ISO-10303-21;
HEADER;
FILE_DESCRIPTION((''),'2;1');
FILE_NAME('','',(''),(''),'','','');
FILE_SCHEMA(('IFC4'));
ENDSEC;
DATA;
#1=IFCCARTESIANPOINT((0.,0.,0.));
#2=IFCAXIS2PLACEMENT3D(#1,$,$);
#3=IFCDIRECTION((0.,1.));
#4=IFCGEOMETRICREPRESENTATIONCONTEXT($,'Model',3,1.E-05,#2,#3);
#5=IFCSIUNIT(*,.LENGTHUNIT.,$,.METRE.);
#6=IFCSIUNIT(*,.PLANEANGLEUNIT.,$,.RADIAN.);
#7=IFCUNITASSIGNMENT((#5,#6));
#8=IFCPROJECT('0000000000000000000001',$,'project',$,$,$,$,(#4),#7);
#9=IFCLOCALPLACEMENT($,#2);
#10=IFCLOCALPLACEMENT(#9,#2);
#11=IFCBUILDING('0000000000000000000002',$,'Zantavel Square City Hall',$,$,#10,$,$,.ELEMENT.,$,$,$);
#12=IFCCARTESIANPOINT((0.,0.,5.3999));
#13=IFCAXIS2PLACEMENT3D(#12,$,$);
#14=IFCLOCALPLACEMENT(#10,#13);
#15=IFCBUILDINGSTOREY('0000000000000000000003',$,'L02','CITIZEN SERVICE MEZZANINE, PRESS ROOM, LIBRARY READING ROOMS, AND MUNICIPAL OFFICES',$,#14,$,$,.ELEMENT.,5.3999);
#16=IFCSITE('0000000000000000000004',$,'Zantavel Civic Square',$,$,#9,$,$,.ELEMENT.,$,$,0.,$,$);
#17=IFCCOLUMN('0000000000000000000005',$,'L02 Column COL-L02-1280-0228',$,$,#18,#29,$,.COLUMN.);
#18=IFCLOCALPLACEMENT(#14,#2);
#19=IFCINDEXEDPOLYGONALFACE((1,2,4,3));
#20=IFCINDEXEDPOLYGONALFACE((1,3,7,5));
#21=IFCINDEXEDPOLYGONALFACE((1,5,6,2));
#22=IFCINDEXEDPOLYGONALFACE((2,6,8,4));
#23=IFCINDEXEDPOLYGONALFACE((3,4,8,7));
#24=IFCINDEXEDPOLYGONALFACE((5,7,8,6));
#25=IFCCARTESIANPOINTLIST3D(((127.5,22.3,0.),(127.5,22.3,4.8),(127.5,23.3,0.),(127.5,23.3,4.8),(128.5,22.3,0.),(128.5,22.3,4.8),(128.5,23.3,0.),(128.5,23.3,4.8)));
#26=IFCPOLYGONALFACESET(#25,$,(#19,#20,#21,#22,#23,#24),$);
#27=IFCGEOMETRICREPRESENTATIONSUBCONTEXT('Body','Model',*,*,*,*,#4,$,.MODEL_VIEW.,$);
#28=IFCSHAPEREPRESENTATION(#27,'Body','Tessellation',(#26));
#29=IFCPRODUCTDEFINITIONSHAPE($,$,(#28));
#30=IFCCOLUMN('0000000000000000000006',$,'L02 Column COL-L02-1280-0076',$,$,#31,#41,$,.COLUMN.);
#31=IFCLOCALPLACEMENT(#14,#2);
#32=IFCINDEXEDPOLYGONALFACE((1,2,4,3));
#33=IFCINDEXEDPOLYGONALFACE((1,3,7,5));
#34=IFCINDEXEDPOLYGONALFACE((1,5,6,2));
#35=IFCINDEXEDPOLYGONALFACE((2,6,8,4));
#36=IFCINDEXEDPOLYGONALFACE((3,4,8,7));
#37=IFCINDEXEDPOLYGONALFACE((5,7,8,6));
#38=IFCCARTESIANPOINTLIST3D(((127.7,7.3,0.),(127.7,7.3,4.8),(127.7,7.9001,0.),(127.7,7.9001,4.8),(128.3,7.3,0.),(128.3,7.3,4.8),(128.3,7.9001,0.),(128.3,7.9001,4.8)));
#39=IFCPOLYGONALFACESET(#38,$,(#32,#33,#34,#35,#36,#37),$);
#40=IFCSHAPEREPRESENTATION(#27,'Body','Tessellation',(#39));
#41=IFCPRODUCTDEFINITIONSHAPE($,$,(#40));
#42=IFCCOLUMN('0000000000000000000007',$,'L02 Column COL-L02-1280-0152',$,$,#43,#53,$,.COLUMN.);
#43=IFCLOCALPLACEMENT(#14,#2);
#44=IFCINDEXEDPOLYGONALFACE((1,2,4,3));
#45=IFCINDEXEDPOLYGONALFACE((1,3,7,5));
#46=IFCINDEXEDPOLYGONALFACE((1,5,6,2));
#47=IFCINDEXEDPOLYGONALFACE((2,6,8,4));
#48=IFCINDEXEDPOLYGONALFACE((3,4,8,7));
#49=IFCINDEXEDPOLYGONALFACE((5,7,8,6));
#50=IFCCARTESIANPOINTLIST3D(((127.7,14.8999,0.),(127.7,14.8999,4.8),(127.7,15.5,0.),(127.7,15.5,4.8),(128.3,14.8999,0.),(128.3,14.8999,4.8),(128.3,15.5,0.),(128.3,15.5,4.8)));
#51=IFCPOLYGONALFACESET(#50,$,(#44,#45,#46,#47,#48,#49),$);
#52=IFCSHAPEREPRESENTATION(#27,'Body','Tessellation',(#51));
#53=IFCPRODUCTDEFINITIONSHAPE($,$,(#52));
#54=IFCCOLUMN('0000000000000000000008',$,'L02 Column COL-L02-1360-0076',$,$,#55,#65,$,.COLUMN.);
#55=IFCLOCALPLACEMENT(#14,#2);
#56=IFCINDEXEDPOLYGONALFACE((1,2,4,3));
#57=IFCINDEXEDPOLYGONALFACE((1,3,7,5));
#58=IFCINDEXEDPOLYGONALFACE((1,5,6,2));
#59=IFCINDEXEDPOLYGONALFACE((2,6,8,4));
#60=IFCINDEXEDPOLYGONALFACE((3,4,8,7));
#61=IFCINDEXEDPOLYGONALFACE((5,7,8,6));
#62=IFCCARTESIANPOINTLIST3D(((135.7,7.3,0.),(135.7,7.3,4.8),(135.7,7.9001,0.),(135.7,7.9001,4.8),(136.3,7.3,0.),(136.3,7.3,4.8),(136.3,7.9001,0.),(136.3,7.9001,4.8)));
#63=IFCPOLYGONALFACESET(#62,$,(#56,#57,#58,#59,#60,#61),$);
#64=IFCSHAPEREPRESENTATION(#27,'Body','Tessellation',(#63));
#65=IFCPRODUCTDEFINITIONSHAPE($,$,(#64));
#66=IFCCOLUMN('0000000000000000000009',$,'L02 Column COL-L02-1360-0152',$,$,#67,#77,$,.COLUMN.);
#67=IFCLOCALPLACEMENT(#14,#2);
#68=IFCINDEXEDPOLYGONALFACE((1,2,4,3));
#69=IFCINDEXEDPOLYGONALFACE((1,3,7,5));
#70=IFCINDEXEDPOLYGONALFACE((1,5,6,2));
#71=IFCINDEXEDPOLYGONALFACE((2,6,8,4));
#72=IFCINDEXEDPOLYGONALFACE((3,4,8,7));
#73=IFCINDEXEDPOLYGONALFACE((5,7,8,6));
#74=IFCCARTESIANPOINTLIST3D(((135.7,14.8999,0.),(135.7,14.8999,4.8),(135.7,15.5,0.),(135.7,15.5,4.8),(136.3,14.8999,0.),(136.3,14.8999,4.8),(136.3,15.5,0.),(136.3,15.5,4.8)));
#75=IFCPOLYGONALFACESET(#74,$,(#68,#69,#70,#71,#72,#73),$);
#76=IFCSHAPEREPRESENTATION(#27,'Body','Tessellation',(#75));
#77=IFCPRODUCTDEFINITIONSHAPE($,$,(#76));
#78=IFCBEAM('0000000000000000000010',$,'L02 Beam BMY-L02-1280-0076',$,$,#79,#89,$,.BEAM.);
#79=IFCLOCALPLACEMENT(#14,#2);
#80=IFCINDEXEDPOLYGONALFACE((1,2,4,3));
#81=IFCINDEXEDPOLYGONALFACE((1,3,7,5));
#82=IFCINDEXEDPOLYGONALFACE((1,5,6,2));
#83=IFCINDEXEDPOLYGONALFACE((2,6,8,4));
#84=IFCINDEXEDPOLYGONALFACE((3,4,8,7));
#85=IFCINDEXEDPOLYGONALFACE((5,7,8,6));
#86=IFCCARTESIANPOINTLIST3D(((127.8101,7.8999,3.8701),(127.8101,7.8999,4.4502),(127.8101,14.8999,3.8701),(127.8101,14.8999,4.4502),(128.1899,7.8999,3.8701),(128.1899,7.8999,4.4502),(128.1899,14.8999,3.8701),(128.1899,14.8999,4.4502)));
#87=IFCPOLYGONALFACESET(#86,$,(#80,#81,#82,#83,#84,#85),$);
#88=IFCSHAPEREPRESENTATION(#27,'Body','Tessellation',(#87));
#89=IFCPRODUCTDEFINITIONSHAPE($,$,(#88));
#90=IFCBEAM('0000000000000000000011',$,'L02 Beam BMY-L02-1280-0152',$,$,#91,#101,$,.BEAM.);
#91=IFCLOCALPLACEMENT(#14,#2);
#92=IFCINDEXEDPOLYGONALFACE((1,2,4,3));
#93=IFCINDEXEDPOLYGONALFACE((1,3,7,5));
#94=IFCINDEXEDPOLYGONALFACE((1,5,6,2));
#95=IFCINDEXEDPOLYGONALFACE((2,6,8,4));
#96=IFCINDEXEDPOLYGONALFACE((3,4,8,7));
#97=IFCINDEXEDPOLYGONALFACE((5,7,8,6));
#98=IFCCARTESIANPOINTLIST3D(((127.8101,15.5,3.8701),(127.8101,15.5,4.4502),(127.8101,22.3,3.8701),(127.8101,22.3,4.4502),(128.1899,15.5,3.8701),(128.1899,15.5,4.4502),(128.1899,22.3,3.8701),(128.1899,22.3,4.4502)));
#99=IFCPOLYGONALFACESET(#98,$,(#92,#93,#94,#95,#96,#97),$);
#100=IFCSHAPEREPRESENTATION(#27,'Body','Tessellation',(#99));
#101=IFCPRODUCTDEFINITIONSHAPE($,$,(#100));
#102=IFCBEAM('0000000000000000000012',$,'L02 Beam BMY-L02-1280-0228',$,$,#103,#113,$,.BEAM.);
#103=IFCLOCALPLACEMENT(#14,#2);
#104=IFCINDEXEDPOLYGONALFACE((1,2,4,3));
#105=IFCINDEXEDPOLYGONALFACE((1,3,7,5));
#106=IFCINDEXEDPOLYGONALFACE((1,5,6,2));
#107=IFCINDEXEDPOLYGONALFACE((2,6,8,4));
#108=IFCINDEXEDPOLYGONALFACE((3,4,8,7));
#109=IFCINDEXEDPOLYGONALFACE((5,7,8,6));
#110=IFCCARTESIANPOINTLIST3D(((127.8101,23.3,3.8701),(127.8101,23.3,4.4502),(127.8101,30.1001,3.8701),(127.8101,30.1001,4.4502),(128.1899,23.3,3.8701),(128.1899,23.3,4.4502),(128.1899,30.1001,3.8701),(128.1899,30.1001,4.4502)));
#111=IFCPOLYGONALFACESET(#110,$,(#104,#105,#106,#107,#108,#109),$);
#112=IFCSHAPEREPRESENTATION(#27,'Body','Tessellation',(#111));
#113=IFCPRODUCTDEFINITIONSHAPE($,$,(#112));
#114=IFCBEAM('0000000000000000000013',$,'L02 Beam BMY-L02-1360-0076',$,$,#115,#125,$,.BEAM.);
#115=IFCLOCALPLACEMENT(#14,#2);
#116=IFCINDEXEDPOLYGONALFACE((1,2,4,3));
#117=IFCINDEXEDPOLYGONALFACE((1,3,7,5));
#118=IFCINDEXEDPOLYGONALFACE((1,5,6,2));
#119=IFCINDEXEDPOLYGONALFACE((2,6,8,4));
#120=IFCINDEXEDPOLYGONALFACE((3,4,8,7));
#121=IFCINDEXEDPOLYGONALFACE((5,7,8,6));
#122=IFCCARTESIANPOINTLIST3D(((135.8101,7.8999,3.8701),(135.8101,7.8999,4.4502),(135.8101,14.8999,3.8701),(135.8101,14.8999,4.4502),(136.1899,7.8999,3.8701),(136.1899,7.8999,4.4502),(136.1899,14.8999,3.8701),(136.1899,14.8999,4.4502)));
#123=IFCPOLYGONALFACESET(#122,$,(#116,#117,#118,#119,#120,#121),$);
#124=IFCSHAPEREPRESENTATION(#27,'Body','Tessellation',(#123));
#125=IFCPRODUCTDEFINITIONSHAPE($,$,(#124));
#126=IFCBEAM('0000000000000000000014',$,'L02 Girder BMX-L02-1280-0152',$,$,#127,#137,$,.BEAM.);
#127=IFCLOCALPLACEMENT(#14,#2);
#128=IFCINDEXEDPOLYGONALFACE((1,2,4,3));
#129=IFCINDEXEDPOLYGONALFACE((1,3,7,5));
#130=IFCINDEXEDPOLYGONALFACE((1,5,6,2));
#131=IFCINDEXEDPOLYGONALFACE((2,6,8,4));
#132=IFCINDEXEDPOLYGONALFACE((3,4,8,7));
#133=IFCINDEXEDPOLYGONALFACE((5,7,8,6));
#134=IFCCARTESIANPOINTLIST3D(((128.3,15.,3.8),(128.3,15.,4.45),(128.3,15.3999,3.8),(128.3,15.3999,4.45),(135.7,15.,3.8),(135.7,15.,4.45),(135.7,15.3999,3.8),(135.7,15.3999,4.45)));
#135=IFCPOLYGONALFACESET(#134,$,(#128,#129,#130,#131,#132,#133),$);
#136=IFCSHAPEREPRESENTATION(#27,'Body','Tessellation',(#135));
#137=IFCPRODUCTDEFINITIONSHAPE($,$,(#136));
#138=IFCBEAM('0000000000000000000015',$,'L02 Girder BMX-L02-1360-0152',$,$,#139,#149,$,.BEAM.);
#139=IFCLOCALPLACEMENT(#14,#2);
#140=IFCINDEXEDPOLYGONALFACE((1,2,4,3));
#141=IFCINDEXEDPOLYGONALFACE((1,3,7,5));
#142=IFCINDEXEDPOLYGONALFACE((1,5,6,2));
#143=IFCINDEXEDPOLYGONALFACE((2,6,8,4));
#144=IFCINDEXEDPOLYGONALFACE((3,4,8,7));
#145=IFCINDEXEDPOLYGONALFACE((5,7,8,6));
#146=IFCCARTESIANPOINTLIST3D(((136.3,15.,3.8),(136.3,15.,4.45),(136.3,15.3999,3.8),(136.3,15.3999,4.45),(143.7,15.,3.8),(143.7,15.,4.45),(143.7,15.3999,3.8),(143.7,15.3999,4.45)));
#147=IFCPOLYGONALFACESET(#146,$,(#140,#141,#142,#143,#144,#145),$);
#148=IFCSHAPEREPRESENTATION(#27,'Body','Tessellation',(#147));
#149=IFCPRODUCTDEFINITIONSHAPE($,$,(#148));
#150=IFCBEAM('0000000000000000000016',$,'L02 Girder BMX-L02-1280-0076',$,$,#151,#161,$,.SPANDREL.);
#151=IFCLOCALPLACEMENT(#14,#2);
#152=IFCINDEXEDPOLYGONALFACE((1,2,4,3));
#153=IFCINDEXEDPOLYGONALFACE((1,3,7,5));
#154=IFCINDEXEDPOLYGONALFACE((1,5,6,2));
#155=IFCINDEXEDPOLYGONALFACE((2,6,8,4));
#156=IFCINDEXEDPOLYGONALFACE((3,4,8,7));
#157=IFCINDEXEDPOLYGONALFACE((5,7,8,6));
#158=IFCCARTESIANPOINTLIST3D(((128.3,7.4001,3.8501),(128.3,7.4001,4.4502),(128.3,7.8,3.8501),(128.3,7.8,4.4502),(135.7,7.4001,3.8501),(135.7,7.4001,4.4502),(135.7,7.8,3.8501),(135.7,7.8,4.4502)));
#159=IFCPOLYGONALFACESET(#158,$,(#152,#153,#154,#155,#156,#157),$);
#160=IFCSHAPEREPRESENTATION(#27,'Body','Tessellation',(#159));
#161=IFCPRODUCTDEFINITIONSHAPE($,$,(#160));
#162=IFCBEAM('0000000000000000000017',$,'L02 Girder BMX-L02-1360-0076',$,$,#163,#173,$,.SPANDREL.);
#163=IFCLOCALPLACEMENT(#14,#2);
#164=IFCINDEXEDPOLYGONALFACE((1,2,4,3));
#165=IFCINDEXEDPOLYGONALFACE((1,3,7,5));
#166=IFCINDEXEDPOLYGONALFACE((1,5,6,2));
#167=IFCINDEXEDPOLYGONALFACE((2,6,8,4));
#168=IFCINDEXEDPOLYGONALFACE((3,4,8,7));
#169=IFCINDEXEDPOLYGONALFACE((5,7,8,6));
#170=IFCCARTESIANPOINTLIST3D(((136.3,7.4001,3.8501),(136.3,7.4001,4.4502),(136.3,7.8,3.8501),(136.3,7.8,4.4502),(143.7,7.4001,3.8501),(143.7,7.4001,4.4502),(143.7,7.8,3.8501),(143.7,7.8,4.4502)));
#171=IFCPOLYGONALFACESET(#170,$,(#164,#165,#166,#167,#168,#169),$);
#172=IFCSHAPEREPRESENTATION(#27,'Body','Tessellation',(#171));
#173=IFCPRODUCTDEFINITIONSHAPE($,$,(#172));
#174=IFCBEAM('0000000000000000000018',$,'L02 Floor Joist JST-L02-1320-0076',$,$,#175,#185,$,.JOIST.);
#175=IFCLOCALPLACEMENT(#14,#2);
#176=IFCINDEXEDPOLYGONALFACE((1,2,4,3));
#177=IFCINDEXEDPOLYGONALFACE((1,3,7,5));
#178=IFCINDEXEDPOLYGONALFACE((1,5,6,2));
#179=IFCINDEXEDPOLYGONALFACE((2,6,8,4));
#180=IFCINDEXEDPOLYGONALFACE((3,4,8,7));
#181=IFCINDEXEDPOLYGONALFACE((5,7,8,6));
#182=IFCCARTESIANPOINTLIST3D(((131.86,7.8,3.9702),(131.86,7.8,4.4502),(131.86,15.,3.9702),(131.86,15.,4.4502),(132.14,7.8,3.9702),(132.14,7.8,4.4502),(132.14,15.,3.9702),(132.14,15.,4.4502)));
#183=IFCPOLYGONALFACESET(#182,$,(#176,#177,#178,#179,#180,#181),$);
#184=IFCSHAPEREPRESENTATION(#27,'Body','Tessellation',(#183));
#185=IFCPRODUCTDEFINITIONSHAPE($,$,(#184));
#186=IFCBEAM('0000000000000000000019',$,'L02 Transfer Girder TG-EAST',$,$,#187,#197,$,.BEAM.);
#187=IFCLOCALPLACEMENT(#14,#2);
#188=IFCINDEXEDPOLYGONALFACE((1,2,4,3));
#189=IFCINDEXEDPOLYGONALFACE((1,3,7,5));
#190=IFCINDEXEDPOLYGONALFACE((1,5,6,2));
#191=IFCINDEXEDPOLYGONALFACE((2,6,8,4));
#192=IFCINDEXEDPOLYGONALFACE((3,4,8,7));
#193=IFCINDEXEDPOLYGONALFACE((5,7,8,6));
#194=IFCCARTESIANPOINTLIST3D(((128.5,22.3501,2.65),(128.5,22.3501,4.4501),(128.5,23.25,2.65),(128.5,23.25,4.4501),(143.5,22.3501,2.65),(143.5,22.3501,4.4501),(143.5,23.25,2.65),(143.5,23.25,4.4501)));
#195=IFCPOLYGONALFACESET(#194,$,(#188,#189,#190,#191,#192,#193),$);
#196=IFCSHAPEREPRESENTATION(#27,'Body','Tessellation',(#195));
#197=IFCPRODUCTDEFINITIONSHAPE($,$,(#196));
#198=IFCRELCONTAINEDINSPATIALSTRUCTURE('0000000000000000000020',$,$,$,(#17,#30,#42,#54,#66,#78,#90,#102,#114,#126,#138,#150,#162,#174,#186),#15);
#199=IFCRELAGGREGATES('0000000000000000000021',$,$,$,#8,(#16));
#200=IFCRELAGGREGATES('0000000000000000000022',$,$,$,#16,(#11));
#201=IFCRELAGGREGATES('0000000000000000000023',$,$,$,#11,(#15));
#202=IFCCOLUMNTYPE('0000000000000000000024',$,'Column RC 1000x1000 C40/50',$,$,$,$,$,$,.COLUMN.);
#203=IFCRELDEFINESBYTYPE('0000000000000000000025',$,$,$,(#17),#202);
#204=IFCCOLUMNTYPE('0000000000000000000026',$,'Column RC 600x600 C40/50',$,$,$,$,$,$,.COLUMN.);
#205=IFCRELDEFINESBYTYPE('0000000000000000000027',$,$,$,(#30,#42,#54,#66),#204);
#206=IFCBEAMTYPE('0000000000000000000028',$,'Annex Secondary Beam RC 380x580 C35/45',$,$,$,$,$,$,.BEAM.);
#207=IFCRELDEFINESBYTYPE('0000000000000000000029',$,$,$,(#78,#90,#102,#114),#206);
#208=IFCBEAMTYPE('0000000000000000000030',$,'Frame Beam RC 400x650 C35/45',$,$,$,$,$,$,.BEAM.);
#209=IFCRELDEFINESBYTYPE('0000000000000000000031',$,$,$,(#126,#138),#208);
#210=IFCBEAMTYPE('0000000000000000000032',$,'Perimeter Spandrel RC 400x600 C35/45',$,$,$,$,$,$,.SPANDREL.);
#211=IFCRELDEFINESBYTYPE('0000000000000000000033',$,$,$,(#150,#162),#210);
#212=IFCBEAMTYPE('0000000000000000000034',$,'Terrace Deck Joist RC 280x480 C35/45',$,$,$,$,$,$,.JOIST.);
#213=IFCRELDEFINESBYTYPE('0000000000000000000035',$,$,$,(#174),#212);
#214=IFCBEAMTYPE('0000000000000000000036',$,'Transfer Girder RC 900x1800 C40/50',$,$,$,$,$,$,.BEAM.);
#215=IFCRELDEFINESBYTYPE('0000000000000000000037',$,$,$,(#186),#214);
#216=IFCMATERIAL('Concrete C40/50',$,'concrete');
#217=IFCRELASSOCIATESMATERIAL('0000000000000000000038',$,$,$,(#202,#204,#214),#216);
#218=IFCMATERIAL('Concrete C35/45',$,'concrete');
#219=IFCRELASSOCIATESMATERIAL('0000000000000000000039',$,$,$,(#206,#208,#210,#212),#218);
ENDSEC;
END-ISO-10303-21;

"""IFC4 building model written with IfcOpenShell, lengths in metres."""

from ifc_helpers import new_model, si_unit, direction, frame, origin, origin_2d, place, context, subcontext, project, spatial, rectangle, extrude, material, material_profile, profile_set, type_object, element, save


model = new_model("IFC4")

# Units and contexts
model_context = context("Model", 3, precision=1e-05, world=origin(), true_north=direction((0.0, 1.0)))
body_context = subcontext(model_context, "Body", "Model", "MODEL_VIEW")
ifc_project = project(units=[si_unit("LENGTHUNIT", "METRE"), si_unit("PLANEANGLEUNIT", "RADIAN")], contexts=[model_context])

# Site, building, storey
site_placement = place(None, origin())
site = spatial("IfcSite", under=ifc_project, at=site_placement, Name="Zantavel Civic Square", CompositionType="ELEMENT", RefElevation=0.0)
building_placement = place(site_placement, origin())
building = spatial("IfcBuilding", under=site, at=building_placement, Name="Zantavel Square City Hall", CompositionType="ELEMENT")
storey_placement = place(building_placement, frame((0.0, 0.0, 5.3999)))
storey = spatial("IfcBuildingStorey", under=building, at=storey_placement, Name="L02", Description="CITIZEN SERVICE MEZZANINE, PRESS ROOM, LIBRARY READING ROOMS, AND MUNICIPAL OFFICES", CompositionType="ELEMENT", Elevation=5.3999)

# Columns
ifc_material_1 = material(Name="Concrete C40/50", Category="concrete")
ifc_material_profile_1 = material_profile(ifc_material_1, rectangle(XDim=1.0, YDim=1.0, at=origin_2d()), Name="RC 1000x1000")
ifc_profile_set_1 = profile_set([ifc_material_profile_1], Name="Concrete C40/50")
column_type_1 = type_object("IfcColumnType", Name="Column RC 1000x1000 C40/50", PredefinedType="COLUMN", material=ifc_profile_set_1)
column_placement = place(storey_placement, frame((128.0, 22.8, 0.0), z_axis=(0.0, 0.0, 1.0), x_axis=(1.0, 0.0, 0.0)))
element("IfcColumn", 1, at=column_placement, inside=storey, type_object=column_type_1, Name="L02 Column COL-L02-1280-0228", PredefinedType="COLUMN", context=body_context, shape_type="SweptSolid", body=[
    extrude(rectangle(XDim=1.0, YDim=1.0, at=origin_2d()), origin(), (0.0, 0.0, 1.0), 4.8),
])
ifc_material_profile_2 = material_profile(ifc_material_1, rectangle(XDim=0.6001, YDim=0.6001, at=origin_2d()), Name="RC 600x600")
ifc_profile_set_2 = profile_set([ifc_material_profile_2], Name="Concrete C40/50")
column_type_2 = type_object("IfcColumnType", Name="Column RC 600x600 C40/50", PredefinedType="COLUMN", material=ifc_profile_set_2)
for number, where, z_axis, x_axis, name in (
    (2, (128.0, 7.6001, 0.0), (0.0, 0.0, 1.0), (1.0, 0.0, 0.0), "L02 Column COL-L02-1280-0076"),
    (3, (128.0, 15.2, 0.0), (0.0, 0.0, 1.0), (1.0, 0.0, 0.0), "L02 Column COL-L02-1280-0152"),
    (4, (136.0, 7.6001, 0.0), (0.0, 0.0, 1.0), (1.0, 0.0, 0.0), "L02 Column COL-L02-1360-0076"),
    (5, (136.0, 15.2, 0.0), (0.0, 0.0, 1.0), (1.0, 0.0, 0.0), "L02 Column COL-L02-1360-0152"),
):
    element("IfcColumn", number, at=place(storey_placement, frame(where, z_axis=z_axis, x_axis=x_axis)), inside=storey, type_object=column_type_2, Name=name, PredefinedType="COLUMN", context=body_context, shape_type="SweptSolid", body=[
        extrude(rectangle(XDim=0.6001, YDim=0.6001, at=origin_2d()), origin(), (0.0, 0.0, 1.0), 4.8),
    ])

# Beams
ifc_material_2 = material(Name="Concrete C35/45", Category="concrete")
ifc_material_profile_3 = material_profile(ifc_material_2, rectangle(XDim=0.3799, YDim=0.5801, at=origin_2d()), Name="RC 380x580")
ifc_profile_set_3 = profile_set([ifc_material_profile_3], Name="Concrete C35/45")
beam_type_1 = type_object("IfcBeamType", Name="Annex Secondary Beam RC 380x580 C35/45", PredefinedType="BEAM", material=ifc_profile_set_3)
beam_1_placement = place(storey_placement, frame((128.0, 7.8999, 4.1602), z_axis=(0.0, 1.0, 0.0), x_axis=(-1.0, 0.0, 0.0)))
element("IfcBeam", 6, at=beam_1_placement, inside=storey, type_object=beam_type_1, Name="L02 Beam BMY-L02-1280-0076", PredefinedType="BEAM", context=body_context, shape_type="SweptSolid", body=[
    extrude(rectangle(XDim=0.3799, YDim=0.5801, at=origin_2d()), origin(), (0.0, 0.0, 1.0), 7.0),
])
for number, where, z_axis, x_axis, name in (
    (7, (128.0, 15.5, 4.1602), (0.0, 1.0, 0.0), (-1.0, 0.0, 0.0), "L02 Beam BMY-L02-1280-0152"),
    (8, (128.0, 23.3, 4.1602), (0.0, 1.0, 0.0), (-1.0, 0.0, 0.0), "L02 Beam BMY-L02-1280-0228"),
):
    element("IfcBeam", number, at=place(storey_placement, frame(where, z_axis=z_axis, x_axis=x_axis)), inside=storey, type_object=beam_type_1, Name=name, PredefinedType="BEAM", context=body_context, shape_type="SweptSolid", body=[
        extrude(rectangle(XDim=0.3799, YDim=0.5801, at=origin_2d()), origin(), (0.0, 0.0, 1.0), 6.8),
    ])
beam_2_placement = place(storey_placement, frame((136.0, 7.8999, 4.1602), z_axis=(0.0, 1.0, 0.0), x_axis=(-1.0, 0.0, 0.0)))
element("IfcBeam", 9, at=beam_2_placement, inside=storey, type_object=beam_type_1, Name="L02 Beam BMY-L02-1360-0076", PredefinedType="BEAM", context=body_context, shape_type="SweptSolid", body=[
    extrude(rectangle(XDim=0.3799, YDim=0.5801, at=origin_2d()), origin(), (0.0, 0.0, 1.0), 7.0),
])
ifc_material_profile_4 = material_profile(ifc_material_2, rectangle(XDim=0.3999, YDim=0.6499, at=origin_2d()), Name="RC 400x650")
ifc_profile_set_4 = profile_set([ifc_material_profile_4], Name="Concrete C35/45")
beam_type_2 = type_object("IfcBeamType", Name="Frame Beam RC 400x650 C35/45", PredefinedType="BEAM", material=ifc_profile_set_4)
for number, where, z_axis, x_axis, name in (
    (10, (128.3, 15.2, 4.125), (1.0, 0.0, 0.0), (0.0, 1.0, 0.0), "L02 Girder BMX-L02-1280-0152"),
    (11, (136.3, 15.2, 4.125), (1.0, 0.0, 0.0), (0.0, 1.0, 0.0), "L02 Girder BMX-L02-1360-0152"),
):
    element("IfcBeam", number, at=place(storey_placement, frame(where, z_axis=z_axis, x_axis=x_axis)), inside=storey, type_object=beam_type_2, Name=name, PredefinedType="BEAM", context=body_context, shape_type="SweptSolid", body=[
        extrude(rectangle(XDim=0.3999, YDim=0.6499, at=origin_2d()), origin(), (0.0, 0.0, 1.0), 7.3999),
    ])
ifc_material_profile_5 = material_profile(ifc_material_2, rectangle(XDim=0.3999, YDim=0.6001, at=origin_2d()), Name="RC 400x600")
ifc_profile_set_5 = profile_set([ifc_material_profile_5], Name="Concrete C35/45")
beam_type_3 = type_object("IfcBeamType", Name="Perimeter Spandrel RC 400x600 C35/45", PredefinedType="SPANDREL", material=ifc_profile_set_5)
for number, where, z_axis, x_axis, name in (
    (12, (128.3, 7.6001, 4.1501), (1.0, 0.0, 0.0), (0.0, 1.0, 0.0), "L02 Girder BMX-L02-1280-0076"),
    (13, (136.3, 7.6001, 4.1501), (1.0, 0.0, 0.0), (0.0, 1.0, 0.0), "L02 Girder BMX-L02-1360-0076"),
):
    element("IfcBeam", number, at=place(storey_placement, frame(where, z_axis=z_axis, x_axis=x_axis)), inside=storey, type_object=beam_type_3, Name=name, PredefinedType="SPANDREL", context=body_context, shape_type="SweptSolid", body=[
        extrude(rectangle(XDim=0.3999, YDim=0.6001, at=origin_2d()), origin(), (0.0, 0.0, 1.0), 7.3999),
    ])
ifc_material_profile_6 = material_profile(ifc_material_2, rectangle(XDim=0.28, YDim=0.48, at=origin_2d()), Name="RC 280x480")
ifc_profile_set_6 = profile_set([ifc_material_profile_6], Name="Concrete C35/45")
beam_type_4 = type_object("IfcBeamType", Name="Terrace Deck Joist RC 280x480 C35/45", PredefinedType="JOIST", material=ifc_profile_set_6)
beam_3_placement = place(storey_placement, frame((132.0, 7.8, 4.2102), z_axis=(0.0, 1.0, 0.0), x_axis=(-1.0, 0.0, 0.0)))
element("IfcBeam", 14, at=beam_3_placement, inside=storey, type_object=beam_type_4, Name="L02 Floor Joist JST-L02-1320-0076", PredefinedType="JOIST", context=body_context, shape_type="SweptSolid", body=[
    extrude(rectangle(XDim=0.28, YDim=0.48, at=origin_2d()), origin(), (0.0, 0.0, 1.0), 7.2),
])
ifc_material_profile_7 = material_profile(ifc_material_1, rectangle(XDim=0.8999, YDim=1.8, at=origin_2d()), Name="RC 900x1800")
ifc_profile_set_7 = profile_set([ifc_material_profile_7], Name="Concrete C40/50")
beam_type_5 = type_object("IfcBeamType", Name="Transfer Girder RC 900x1800 C40/50", PredefinedType="BEAM", material=ifc_profile_set_7)
beam_4_placement = place(storey_placement, frame((128.5, 22.8, 3.55), z_axis=(1.0, 0.0, 0.0), x_axis=(0.0, 1.0, 0.0)))
element("IfcBeam", 15, at=beam_4_placement, inside=storey, type_object=beam_type_5, Name="L02 Transfer Girder TG-EAST", PredefinedType="BEAM", context=body_context, shape_type="SweptSolid", body=[
    extrude(rectangle(XDim=0.8999, YDim=1.8, at=origin_2d()), origin(), (0.0, 0.0, 1.0), 15.0),
])

save(model, "model.ifc")
